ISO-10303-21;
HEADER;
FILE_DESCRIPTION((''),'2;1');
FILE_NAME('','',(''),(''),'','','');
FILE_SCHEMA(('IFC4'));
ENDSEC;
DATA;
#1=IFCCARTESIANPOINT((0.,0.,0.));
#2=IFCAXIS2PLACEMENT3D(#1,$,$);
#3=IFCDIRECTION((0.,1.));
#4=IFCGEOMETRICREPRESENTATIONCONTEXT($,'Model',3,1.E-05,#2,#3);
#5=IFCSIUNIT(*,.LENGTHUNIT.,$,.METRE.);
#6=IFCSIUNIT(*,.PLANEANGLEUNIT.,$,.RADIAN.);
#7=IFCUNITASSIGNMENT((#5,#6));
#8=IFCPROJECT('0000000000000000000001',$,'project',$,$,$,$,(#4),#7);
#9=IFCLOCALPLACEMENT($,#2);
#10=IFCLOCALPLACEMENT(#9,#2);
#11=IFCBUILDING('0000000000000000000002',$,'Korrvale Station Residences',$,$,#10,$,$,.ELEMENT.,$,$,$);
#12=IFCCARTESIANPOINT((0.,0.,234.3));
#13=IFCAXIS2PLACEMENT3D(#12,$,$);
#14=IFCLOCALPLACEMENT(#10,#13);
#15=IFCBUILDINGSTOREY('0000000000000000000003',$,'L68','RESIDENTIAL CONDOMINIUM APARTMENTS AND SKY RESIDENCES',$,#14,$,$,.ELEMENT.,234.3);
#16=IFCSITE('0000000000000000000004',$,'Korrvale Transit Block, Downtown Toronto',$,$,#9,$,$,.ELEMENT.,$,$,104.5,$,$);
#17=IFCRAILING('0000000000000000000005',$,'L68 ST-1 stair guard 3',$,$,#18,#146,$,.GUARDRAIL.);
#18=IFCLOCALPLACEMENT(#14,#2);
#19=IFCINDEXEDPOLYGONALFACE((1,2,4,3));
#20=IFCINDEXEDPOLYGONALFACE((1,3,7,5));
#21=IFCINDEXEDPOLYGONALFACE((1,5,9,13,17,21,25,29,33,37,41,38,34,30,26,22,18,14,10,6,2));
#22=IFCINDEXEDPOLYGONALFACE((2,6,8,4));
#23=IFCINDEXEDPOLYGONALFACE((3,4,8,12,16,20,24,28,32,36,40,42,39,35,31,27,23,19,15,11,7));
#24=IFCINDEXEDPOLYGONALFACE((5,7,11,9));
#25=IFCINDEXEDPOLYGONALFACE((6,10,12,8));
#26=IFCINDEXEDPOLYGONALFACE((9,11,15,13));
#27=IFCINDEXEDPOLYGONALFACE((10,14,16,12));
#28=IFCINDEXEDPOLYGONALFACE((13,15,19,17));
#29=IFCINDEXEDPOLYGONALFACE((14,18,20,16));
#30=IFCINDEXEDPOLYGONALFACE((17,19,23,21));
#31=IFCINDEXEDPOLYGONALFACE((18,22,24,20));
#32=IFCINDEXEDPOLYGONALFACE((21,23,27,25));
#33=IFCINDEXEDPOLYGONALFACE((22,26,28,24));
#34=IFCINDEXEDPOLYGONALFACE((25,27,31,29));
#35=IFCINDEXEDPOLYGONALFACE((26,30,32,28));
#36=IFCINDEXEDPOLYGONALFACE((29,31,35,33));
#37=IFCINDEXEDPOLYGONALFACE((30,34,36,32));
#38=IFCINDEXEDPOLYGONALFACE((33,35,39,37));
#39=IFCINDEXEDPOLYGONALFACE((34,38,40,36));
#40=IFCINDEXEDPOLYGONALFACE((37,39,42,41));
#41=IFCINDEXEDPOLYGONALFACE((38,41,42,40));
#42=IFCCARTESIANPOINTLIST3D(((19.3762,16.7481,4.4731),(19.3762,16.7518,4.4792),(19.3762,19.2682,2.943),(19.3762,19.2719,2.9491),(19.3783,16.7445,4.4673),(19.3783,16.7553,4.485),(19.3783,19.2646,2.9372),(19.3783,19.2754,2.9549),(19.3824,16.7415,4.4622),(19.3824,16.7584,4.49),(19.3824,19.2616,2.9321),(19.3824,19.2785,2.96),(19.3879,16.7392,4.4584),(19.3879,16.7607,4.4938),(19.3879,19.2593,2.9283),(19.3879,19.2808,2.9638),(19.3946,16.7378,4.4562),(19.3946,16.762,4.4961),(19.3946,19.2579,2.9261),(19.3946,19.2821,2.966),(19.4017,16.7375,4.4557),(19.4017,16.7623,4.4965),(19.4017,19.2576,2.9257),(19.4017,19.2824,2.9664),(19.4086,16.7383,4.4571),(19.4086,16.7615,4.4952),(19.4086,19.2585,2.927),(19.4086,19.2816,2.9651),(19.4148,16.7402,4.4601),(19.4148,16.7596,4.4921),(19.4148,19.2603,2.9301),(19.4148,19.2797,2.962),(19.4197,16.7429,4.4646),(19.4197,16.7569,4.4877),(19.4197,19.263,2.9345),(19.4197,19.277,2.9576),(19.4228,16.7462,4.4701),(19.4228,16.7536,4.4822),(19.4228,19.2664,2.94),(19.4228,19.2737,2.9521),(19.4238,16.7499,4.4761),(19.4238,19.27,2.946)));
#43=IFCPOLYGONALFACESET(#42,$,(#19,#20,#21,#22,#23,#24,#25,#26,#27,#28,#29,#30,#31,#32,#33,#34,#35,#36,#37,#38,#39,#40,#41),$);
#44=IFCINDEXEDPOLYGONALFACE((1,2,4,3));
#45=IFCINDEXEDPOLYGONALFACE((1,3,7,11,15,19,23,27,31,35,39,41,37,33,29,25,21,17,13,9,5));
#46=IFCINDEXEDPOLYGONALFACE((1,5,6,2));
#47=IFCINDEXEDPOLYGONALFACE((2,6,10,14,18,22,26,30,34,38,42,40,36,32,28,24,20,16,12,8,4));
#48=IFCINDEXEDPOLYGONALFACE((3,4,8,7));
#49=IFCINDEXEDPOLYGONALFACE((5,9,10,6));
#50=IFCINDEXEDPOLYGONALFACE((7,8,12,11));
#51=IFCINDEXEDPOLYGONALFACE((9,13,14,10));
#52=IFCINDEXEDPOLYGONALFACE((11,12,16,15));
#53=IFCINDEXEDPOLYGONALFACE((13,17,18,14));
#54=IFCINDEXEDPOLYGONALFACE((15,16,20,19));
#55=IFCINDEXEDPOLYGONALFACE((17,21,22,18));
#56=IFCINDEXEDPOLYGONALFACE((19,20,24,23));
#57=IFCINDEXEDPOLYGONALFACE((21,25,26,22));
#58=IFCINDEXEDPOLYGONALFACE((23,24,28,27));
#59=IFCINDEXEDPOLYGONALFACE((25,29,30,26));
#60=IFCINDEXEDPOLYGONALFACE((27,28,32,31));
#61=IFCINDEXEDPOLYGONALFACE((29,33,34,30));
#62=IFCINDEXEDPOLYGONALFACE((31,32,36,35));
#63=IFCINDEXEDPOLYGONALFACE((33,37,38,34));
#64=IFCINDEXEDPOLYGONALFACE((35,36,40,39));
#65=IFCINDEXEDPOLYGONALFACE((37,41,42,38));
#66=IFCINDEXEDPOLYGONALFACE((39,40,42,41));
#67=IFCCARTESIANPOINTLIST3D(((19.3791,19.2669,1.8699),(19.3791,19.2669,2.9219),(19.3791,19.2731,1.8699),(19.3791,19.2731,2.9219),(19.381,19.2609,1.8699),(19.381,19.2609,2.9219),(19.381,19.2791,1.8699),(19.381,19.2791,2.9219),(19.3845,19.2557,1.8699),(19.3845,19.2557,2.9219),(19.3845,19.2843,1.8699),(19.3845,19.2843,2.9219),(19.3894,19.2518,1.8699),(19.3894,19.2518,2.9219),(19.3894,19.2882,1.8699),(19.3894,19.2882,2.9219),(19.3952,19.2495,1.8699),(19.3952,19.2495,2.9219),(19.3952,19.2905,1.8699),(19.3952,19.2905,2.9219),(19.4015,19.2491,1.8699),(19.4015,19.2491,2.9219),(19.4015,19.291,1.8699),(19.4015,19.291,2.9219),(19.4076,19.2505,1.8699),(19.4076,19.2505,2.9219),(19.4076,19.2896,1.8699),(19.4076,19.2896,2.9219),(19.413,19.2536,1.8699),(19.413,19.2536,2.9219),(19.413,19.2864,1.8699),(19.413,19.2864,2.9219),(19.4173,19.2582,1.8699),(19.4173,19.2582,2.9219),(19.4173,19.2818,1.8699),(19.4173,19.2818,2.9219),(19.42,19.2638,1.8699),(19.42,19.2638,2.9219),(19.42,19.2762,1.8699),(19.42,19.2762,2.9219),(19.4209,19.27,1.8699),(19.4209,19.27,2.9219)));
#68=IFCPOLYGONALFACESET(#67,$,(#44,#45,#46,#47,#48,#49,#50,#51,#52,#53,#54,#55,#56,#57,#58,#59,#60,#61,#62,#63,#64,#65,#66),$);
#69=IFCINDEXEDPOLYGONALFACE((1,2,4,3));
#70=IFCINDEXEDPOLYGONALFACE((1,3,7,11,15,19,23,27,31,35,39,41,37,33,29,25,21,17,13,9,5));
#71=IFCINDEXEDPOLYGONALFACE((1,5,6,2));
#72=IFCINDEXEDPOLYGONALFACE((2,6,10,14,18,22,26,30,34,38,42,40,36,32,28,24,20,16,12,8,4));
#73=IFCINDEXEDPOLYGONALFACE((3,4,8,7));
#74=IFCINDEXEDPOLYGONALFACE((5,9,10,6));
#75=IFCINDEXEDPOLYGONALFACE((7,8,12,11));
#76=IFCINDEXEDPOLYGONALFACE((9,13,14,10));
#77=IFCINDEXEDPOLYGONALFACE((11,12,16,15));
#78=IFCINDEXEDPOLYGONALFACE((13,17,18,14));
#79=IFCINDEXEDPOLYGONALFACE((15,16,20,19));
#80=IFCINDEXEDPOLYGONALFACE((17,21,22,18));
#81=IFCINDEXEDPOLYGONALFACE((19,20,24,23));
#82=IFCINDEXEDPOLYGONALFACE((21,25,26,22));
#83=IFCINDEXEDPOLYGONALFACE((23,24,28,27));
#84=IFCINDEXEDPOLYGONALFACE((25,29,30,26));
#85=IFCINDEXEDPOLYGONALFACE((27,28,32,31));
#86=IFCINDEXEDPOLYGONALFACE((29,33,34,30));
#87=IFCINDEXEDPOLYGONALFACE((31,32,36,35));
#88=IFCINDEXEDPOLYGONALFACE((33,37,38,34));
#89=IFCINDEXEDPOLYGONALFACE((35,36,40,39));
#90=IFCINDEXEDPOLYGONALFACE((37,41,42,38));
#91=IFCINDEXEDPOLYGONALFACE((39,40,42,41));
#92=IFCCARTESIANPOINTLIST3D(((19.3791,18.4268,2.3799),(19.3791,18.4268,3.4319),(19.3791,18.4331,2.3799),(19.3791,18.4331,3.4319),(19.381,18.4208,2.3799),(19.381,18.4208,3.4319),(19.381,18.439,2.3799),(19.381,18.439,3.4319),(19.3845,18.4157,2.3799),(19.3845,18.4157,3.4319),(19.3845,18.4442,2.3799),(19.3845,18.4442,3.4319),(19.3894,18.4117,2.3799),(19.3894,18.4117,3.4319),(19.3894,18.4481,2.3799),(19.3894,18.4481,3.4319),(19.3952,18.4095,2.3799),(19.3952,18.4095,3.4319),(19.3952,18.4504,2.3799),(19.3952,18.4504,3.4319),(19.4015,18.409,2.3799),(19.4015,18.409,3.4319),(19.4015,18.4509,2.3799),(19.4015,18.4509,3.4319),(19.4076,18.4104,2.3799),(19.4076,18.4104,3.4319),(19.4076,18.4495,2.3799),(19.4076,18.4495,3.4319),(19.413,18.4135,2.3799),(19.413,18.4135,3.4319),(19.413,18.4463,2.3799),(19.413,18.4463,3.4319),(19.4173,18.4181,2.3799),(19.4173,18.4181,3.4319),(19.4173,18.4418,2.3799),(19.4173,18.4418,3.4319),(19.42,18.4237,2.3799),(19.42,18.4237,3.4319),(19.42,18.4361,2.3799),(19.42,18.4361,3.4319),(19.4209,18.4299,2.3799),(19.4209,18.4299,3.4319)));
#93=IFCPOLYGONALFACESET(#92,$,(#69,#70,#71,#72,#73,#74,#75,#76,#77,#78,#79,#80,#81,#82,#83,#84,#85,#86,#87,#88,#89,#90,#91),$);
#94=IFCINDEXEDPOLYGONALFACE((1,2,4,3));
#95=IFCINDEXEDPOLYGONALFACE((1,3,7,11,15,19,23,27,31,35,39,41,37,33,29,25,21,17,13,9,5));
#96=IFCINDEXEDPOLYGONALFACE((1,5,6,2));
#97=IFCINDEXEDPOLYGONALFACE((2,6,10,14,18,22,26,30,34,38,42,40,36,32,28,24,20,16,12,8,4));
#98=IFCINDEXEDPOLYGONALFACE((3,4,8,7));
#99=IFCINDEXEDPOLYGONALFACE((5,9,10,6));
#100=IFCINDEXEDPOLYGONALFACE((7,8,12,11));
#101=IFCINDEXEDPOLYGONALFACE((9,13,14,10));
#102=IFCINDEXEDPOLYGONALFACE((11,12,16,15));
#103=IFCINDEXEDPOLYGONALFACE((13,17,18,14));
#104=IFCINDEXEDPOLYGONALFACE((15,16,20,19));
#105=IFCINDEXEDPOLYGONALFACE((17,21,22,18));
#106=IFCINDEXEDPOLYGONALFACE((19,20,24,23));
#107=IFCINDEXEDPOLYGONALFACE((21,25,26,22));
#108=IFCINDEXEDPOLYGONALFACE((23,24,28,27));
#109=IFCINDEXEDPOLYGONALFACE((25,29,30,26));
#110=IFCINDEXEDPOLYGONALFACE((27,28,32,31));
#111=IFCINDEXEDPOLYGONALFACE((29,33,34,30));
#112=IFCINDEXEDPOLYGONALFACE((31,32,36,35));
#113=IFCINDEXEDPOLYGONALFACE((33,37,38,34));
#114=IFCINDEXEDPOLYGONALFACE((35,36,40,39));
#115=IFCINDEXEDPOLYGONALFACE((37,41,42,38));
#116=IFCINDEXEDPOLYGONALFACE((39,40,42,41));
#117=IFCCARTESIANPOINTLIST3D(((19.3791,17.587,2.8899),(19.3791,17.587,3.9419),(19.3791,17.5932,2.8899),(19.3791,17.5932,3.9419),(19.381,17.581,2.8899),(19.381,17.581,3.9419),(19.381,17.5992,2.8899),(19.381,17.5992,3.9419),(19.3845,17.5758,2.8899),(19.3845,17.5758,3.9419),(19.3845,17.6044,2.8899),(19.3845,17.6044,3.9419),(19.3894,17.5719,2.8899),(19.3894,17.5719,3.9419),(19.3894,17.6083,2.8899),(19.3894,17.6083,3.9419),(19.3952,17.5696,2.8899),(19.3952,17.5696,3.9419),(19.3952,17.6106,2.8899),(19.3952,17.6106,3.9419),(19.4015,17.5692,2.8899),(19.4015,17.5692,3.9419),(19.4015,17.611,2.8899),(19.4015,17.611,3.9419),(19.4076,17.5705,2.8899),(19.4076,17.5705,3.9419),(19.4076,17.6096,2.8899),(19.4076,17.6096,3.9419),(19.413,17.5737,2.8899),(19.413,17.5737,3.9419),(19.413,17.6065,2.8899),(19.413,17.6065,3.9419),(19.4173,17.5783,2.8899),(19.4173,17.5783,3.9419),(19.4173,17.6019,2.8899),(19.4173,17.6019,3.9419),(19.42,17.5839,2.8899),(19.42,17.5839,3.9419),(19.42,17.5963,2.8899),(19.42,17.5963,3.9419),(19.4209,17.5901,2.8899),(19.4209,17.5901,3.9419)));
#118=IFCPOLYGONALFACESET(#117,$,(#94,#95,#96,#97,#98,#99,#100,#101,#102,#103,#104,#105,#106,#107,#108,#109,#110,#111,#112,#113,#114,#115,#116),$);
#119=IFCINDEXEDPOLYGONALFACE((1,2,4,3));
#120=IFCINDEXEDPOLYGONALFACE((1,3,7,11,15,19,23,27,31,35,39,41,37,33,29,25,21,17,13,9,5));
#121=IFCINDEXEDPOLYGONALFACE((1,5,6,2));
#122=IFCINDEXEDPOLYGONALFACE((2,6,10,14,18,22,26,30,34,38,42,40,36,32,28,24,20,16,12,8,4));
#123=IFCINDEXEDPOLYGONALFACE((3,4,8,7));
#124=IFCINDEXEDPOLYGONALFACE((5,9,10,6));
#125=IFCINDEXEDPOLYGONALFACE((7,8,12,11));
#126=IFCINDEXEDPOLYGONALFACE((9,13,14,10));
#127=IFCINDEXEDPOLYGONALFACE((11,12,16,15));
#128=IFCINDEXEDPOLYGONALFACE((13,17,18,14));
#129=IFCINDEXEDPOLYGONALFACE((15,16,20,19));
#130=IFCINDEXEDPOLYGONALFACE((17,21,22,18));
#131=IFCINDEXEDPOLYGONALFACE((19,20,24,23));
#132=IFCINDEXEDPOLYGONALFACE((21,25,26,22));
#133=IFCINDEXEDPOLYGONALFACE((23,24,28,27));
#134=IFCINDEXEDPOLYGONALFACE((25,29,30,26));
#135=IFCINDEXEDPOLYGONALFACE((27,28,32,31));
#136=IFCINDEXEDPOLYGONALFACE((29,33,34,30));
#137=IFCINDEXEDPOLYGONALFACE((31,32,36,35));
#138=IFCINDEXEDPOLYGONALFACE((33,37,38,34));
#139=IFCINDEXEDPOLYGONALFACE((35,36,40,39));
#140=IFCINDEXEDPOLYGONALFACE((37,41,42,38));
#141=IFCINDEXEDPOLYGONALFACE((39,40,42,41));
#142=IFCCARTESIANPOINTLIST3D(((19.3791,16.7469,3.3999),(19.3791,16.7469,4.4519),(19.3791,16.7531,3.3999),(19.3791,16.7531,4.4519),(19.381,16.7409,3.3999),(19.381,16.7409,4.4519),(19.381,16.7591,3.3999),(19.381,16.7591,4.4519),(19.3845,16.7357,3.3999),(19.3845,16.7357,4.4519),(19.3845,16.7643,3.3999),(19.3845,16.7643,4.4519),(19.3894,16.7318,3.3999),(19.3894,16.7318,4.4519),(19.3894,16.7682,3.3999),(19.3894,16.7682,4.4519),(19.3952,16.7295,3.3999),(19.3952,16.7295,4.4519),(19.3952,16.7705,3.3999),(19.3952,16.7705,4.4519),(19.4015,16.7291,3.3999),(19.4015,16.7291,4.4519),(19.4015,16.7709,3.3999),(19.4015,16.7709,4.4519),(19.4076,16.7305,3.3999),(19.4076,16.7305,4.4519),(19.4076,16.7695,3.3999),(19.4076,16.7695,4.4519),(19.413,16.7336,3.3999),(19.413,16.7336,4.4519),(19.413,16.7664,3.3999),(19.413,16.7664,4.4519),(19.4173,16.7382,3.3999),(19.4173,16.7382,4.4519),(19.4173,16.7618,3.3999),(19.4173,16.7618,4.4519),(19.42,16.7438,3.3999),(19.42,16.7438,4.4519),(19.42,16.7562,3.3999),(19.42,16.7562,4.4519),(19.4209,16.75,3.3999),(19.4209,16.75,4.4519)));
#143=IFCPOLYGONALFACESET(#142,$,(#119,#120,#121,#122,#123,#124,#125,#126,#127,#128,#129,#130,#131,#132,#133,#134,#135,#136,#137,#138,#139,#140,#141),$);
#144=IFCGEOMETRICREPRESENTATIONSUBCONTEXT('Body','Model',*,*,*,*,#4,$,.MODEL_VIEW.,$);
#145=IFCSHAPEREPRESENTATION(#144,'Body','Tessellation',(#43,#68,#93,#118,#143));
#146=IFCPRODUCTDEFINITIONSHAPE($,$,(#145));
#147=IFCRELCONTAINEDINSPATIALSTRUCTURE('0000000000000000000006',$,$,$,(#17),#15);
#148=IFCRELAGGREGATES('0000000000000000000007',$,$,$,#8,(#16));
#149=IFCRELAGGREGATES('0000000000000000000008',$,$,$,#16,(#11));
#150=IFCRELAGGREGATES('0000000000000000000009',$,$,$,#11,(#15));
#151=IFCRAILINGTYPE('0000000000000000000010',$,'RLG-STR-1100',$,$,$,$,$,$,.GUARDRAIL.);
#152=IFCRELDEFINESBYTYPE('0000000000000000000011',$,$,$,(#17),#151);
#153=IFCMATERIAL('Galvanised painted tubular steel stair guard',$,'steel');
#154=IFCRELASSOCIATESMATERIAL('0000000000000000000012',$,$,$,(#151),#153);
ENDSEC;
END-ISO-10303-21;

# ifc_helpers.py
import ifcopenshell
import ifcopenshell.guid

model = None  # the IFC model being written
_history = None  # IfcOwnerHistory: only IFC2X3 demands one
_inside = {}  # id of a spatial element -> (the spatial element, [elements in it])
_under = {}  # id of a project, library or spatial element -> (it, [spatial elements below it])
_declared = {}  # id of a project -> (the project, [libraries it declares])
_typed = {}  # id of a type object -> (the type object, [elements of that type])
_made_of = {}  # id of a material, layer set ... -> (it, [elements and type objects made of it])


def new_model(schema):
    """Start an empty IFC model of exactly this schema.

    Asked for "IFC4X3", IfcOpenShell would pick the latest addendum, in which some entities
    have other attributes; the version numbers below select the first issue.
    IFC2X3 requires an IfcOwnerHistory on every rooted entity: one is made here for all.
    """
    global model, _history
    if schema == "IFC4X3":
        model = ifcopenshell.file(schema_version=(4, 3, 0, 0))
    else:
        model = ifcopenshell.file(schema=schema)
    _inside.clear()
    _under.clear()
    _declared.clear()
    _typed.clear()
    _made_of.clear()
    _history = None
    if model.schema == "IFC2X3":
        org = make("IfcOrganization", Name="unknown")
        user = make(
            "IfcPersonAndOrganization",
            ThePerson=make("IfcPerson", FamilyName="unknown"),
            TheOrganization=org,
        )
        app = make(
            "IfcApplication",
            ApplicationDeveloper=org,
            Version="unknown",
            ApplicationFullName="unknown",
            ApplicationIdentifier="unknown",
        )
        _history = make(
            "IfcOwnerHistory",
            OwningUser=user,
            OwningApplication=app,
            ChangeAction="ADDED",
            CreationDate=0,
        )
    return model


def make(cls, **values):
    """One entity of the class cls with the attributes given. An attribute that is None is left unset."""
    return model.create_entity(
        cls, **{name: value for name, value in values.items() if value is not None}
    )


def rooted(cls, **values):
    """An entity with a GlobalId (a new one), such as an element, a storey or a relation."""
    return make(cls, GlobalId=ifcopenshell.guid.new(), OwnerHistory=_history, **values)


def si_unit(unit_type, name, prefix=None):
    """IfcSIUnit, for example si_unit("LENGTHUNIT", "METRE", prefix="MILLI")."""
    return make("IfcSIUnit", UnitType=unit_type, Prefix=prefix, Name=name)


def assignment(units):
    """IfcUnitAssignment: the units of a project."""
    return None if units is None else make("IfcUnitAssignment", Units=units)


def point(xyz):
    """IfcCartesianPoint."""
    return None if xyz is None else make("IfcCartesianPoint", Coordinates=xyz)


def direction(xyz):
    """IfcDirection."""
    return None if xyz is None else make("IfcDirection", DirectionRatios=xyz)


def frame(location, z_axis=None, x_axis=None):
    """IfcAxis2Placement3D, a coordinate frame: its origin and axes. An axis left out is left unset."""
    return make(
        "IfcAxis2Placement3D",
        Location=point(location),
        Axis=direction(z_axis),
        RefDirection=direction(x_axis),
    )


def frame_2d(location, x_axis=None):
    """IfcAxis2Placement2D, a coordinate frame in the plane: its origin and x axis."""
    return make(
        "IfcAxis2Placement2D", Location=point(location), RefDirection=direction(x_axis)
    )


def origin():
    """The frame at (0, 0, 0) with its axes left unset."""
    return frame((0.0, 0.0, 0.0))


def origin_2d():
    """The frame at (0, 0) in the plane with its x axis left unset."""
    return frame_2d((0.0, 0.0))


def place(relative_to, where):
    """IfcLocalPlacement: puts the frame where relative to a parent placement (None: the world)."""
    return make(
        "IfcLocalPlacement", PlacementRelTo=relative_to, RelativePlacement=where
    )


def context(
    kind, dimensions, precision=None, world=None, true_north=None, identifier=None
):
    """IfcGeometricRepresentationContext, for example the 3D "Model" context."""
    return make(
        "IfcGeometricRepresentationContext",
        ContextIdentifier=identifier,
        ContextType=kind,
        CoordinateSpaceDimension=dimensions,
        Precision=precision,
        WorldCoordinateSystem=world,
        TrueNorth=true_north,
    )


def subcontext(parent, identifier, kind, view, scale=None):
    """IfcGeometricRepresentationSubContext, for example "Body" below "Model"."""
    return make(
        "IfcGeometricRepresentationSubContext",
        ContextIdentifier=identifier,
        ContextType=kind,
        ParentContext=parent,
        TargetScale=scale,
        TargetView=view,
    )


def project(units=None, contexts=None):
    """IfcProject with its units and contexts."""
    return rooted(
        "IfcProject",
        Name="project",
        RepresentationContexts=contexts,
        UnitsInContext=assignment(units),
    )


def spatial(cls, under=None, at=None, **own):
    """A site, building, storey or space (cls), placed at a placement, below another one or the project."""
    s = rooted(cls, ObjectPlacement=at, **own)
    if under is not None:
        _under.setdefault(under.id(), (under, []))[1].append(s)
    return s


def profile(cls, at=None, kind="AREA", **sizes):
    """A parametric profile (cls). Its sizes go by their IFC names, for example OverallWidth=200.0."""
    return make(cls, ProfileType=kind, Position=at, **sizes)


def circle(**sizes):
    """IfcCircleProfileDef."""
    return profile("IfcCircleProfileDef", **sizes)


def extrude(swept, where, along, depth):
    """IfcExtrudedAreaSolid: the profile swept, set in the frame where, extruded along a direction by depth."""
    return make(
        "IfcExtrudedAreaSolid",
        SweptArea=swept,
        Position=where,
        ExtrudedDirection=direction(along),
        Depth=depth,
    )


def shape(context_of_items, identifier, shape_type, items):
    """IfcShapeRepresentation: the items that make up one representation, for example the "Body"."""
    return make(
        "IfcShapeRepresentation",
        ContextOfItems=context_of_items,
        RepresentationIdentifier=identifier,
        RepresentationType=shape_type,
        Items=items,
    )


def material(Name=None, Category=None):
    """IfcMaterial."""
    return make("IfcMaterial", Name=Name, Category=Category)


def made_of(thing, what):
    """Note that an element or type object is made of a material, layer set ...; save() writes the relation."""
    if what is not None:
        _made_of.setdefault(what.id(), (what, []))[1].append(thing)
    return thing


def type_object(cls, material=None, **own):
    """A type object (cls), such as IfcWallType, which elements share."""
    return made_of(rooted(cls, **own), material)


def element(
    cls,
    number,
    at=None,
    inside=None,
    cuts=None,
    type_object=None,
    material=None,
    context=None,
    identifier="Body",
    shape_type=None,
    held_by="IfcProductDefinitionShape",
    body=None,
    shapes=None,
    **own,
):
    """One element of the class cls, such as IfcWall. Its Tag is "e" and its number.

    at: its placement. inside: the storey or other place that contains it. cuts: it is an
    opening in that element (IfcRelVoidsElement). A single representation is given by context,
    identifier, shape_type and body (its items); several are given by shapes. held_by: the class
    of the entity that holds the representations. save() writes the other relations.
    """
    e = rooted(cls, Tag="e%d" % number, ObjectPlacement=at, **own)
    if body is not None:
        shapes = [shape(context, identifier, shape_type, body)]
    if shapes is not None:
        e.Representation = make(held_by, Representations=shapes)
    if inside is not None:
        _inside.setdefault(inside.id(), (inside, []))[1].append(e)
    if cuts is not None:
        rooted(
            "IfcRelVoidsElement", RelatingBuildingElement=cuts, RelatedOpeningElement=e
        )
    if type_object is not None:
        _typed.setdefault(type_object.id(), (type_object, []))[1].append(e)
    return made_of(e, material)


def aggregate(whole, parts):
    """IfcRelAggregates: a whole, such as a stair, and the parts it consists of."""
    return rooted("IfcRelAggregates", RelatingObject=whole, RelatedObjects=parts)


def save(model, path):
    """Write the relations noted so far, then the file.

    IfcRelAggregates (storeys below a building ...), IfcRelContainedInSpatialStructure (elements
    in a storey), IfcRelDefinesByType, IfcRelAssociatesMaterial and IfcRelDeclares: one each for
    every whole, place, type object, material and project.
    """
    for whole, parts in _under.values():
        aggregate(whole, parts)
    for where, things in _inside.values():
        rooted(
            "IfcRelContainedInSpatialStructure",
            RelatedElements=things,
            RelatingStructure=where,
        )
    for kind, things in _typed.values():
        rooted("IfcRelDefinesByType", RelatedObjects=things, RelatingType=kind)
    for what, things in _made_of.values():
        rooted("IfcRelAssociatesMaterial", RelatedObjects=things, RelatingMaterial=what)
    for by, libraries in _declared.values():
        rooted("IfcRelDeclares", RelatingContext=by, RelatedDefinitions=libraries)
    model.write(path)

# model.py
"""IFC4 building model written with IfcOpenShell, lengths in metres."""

from ifc_helpers import new_model, si_unit, direction, frame, origin, origin_2d, place, context, subcontext, project, spatial, circle, extrude, material, type_object, element, save


model = new_model("IFC4")

# Units and contexts
model_context = context("Model", 3, precision=1e-05, world=origin(), true_north=direction((0.0, 1.0)))
body_context = subcontext(model_context, "Body", "Model", "MODEL_VIEW")
ifc_project = project(units=[si_unit("LENGTHUNIT", "METRE"), si_unit("PLANEANGLEUNIT", "RADIAN")], contexts=[model_context])

# Site, building, storey
site_placement = place(None, origin())
site = spatial("IfcSite", under=ifc_project, at=site_placement, Name="Korrvale Transit Block, Downtown Toronto", CompositionType="ELEMENT", RefElevation=104.5)
building_placement = place(site_placement, origin())
building = spatial("IfcBuilding", under=site, at=building_placement, Name="Korrvale Station Residences", CompositionType="ELEMENT")
storey_placement = place(building_placement, frame((0.0, 0.0, 234.3)))
storey = spatial("IfcBuildingStorey", under=building, at=storey_placement, Name="L68", Description="RESIDENTIAL CONDOMINIUM APARTMENTS AND SKY RESIDENCES", CompositionType="ELEMENT", Elevation=234.3)

# Railing
ifc_material_1 = material(Name="Galvanised painted tubular steel stair guard", Category="steel")
railing_type_1 = type_object("IfcRailingType", Name="RLG-STR-1100", PredefinedType="GUARDRAIL", material=ifc_material_1)
railing_1_placement = place(storey_placement, frame((19.3999, 19.27, 1.8699)))
element("IfcRailing", 1, at=railing_1_placement, inside=storey, type_object=railing_type_1, Name="L68 ST-1 stair guard 3", PredefinedType="GUARDRAIL", context=body_context, shape_type="SweptSolid", body=[
    extrude(circle(Radius=0.0239, at=origin_2d()), frame((0.0, 0.0, 1.0762), z_axis=(0.0, -0.854785, 0.518982), x_axis=(1.0, 0.0, 0.0)), (0.0, 0.0, 1.0), 2.9482),
    extrude(circle(Radius=0.021, at=origin_2d()), origin(), (0.0, 0.0, 1.0), 1.052),
    extrude(circle(Radius=0.021, at=origin_2d()), frame((0.0, -0.8401, 0.51)), (0.0, 0.0, 1.0), 1.052),
    extrude(circle(Radius=0.021, at=origin_2d()), frame((0.0, -1.6799, 1.02)), (0.0, 0.0, 1.0), 1.052),
    extrude(circle(Radius=0.021, at=origin_2d()), frame((0.0, -2.52, 1.53)), (0.0, 0.0, 1.0), 1.052),
])

save(model, "model.ifc")
